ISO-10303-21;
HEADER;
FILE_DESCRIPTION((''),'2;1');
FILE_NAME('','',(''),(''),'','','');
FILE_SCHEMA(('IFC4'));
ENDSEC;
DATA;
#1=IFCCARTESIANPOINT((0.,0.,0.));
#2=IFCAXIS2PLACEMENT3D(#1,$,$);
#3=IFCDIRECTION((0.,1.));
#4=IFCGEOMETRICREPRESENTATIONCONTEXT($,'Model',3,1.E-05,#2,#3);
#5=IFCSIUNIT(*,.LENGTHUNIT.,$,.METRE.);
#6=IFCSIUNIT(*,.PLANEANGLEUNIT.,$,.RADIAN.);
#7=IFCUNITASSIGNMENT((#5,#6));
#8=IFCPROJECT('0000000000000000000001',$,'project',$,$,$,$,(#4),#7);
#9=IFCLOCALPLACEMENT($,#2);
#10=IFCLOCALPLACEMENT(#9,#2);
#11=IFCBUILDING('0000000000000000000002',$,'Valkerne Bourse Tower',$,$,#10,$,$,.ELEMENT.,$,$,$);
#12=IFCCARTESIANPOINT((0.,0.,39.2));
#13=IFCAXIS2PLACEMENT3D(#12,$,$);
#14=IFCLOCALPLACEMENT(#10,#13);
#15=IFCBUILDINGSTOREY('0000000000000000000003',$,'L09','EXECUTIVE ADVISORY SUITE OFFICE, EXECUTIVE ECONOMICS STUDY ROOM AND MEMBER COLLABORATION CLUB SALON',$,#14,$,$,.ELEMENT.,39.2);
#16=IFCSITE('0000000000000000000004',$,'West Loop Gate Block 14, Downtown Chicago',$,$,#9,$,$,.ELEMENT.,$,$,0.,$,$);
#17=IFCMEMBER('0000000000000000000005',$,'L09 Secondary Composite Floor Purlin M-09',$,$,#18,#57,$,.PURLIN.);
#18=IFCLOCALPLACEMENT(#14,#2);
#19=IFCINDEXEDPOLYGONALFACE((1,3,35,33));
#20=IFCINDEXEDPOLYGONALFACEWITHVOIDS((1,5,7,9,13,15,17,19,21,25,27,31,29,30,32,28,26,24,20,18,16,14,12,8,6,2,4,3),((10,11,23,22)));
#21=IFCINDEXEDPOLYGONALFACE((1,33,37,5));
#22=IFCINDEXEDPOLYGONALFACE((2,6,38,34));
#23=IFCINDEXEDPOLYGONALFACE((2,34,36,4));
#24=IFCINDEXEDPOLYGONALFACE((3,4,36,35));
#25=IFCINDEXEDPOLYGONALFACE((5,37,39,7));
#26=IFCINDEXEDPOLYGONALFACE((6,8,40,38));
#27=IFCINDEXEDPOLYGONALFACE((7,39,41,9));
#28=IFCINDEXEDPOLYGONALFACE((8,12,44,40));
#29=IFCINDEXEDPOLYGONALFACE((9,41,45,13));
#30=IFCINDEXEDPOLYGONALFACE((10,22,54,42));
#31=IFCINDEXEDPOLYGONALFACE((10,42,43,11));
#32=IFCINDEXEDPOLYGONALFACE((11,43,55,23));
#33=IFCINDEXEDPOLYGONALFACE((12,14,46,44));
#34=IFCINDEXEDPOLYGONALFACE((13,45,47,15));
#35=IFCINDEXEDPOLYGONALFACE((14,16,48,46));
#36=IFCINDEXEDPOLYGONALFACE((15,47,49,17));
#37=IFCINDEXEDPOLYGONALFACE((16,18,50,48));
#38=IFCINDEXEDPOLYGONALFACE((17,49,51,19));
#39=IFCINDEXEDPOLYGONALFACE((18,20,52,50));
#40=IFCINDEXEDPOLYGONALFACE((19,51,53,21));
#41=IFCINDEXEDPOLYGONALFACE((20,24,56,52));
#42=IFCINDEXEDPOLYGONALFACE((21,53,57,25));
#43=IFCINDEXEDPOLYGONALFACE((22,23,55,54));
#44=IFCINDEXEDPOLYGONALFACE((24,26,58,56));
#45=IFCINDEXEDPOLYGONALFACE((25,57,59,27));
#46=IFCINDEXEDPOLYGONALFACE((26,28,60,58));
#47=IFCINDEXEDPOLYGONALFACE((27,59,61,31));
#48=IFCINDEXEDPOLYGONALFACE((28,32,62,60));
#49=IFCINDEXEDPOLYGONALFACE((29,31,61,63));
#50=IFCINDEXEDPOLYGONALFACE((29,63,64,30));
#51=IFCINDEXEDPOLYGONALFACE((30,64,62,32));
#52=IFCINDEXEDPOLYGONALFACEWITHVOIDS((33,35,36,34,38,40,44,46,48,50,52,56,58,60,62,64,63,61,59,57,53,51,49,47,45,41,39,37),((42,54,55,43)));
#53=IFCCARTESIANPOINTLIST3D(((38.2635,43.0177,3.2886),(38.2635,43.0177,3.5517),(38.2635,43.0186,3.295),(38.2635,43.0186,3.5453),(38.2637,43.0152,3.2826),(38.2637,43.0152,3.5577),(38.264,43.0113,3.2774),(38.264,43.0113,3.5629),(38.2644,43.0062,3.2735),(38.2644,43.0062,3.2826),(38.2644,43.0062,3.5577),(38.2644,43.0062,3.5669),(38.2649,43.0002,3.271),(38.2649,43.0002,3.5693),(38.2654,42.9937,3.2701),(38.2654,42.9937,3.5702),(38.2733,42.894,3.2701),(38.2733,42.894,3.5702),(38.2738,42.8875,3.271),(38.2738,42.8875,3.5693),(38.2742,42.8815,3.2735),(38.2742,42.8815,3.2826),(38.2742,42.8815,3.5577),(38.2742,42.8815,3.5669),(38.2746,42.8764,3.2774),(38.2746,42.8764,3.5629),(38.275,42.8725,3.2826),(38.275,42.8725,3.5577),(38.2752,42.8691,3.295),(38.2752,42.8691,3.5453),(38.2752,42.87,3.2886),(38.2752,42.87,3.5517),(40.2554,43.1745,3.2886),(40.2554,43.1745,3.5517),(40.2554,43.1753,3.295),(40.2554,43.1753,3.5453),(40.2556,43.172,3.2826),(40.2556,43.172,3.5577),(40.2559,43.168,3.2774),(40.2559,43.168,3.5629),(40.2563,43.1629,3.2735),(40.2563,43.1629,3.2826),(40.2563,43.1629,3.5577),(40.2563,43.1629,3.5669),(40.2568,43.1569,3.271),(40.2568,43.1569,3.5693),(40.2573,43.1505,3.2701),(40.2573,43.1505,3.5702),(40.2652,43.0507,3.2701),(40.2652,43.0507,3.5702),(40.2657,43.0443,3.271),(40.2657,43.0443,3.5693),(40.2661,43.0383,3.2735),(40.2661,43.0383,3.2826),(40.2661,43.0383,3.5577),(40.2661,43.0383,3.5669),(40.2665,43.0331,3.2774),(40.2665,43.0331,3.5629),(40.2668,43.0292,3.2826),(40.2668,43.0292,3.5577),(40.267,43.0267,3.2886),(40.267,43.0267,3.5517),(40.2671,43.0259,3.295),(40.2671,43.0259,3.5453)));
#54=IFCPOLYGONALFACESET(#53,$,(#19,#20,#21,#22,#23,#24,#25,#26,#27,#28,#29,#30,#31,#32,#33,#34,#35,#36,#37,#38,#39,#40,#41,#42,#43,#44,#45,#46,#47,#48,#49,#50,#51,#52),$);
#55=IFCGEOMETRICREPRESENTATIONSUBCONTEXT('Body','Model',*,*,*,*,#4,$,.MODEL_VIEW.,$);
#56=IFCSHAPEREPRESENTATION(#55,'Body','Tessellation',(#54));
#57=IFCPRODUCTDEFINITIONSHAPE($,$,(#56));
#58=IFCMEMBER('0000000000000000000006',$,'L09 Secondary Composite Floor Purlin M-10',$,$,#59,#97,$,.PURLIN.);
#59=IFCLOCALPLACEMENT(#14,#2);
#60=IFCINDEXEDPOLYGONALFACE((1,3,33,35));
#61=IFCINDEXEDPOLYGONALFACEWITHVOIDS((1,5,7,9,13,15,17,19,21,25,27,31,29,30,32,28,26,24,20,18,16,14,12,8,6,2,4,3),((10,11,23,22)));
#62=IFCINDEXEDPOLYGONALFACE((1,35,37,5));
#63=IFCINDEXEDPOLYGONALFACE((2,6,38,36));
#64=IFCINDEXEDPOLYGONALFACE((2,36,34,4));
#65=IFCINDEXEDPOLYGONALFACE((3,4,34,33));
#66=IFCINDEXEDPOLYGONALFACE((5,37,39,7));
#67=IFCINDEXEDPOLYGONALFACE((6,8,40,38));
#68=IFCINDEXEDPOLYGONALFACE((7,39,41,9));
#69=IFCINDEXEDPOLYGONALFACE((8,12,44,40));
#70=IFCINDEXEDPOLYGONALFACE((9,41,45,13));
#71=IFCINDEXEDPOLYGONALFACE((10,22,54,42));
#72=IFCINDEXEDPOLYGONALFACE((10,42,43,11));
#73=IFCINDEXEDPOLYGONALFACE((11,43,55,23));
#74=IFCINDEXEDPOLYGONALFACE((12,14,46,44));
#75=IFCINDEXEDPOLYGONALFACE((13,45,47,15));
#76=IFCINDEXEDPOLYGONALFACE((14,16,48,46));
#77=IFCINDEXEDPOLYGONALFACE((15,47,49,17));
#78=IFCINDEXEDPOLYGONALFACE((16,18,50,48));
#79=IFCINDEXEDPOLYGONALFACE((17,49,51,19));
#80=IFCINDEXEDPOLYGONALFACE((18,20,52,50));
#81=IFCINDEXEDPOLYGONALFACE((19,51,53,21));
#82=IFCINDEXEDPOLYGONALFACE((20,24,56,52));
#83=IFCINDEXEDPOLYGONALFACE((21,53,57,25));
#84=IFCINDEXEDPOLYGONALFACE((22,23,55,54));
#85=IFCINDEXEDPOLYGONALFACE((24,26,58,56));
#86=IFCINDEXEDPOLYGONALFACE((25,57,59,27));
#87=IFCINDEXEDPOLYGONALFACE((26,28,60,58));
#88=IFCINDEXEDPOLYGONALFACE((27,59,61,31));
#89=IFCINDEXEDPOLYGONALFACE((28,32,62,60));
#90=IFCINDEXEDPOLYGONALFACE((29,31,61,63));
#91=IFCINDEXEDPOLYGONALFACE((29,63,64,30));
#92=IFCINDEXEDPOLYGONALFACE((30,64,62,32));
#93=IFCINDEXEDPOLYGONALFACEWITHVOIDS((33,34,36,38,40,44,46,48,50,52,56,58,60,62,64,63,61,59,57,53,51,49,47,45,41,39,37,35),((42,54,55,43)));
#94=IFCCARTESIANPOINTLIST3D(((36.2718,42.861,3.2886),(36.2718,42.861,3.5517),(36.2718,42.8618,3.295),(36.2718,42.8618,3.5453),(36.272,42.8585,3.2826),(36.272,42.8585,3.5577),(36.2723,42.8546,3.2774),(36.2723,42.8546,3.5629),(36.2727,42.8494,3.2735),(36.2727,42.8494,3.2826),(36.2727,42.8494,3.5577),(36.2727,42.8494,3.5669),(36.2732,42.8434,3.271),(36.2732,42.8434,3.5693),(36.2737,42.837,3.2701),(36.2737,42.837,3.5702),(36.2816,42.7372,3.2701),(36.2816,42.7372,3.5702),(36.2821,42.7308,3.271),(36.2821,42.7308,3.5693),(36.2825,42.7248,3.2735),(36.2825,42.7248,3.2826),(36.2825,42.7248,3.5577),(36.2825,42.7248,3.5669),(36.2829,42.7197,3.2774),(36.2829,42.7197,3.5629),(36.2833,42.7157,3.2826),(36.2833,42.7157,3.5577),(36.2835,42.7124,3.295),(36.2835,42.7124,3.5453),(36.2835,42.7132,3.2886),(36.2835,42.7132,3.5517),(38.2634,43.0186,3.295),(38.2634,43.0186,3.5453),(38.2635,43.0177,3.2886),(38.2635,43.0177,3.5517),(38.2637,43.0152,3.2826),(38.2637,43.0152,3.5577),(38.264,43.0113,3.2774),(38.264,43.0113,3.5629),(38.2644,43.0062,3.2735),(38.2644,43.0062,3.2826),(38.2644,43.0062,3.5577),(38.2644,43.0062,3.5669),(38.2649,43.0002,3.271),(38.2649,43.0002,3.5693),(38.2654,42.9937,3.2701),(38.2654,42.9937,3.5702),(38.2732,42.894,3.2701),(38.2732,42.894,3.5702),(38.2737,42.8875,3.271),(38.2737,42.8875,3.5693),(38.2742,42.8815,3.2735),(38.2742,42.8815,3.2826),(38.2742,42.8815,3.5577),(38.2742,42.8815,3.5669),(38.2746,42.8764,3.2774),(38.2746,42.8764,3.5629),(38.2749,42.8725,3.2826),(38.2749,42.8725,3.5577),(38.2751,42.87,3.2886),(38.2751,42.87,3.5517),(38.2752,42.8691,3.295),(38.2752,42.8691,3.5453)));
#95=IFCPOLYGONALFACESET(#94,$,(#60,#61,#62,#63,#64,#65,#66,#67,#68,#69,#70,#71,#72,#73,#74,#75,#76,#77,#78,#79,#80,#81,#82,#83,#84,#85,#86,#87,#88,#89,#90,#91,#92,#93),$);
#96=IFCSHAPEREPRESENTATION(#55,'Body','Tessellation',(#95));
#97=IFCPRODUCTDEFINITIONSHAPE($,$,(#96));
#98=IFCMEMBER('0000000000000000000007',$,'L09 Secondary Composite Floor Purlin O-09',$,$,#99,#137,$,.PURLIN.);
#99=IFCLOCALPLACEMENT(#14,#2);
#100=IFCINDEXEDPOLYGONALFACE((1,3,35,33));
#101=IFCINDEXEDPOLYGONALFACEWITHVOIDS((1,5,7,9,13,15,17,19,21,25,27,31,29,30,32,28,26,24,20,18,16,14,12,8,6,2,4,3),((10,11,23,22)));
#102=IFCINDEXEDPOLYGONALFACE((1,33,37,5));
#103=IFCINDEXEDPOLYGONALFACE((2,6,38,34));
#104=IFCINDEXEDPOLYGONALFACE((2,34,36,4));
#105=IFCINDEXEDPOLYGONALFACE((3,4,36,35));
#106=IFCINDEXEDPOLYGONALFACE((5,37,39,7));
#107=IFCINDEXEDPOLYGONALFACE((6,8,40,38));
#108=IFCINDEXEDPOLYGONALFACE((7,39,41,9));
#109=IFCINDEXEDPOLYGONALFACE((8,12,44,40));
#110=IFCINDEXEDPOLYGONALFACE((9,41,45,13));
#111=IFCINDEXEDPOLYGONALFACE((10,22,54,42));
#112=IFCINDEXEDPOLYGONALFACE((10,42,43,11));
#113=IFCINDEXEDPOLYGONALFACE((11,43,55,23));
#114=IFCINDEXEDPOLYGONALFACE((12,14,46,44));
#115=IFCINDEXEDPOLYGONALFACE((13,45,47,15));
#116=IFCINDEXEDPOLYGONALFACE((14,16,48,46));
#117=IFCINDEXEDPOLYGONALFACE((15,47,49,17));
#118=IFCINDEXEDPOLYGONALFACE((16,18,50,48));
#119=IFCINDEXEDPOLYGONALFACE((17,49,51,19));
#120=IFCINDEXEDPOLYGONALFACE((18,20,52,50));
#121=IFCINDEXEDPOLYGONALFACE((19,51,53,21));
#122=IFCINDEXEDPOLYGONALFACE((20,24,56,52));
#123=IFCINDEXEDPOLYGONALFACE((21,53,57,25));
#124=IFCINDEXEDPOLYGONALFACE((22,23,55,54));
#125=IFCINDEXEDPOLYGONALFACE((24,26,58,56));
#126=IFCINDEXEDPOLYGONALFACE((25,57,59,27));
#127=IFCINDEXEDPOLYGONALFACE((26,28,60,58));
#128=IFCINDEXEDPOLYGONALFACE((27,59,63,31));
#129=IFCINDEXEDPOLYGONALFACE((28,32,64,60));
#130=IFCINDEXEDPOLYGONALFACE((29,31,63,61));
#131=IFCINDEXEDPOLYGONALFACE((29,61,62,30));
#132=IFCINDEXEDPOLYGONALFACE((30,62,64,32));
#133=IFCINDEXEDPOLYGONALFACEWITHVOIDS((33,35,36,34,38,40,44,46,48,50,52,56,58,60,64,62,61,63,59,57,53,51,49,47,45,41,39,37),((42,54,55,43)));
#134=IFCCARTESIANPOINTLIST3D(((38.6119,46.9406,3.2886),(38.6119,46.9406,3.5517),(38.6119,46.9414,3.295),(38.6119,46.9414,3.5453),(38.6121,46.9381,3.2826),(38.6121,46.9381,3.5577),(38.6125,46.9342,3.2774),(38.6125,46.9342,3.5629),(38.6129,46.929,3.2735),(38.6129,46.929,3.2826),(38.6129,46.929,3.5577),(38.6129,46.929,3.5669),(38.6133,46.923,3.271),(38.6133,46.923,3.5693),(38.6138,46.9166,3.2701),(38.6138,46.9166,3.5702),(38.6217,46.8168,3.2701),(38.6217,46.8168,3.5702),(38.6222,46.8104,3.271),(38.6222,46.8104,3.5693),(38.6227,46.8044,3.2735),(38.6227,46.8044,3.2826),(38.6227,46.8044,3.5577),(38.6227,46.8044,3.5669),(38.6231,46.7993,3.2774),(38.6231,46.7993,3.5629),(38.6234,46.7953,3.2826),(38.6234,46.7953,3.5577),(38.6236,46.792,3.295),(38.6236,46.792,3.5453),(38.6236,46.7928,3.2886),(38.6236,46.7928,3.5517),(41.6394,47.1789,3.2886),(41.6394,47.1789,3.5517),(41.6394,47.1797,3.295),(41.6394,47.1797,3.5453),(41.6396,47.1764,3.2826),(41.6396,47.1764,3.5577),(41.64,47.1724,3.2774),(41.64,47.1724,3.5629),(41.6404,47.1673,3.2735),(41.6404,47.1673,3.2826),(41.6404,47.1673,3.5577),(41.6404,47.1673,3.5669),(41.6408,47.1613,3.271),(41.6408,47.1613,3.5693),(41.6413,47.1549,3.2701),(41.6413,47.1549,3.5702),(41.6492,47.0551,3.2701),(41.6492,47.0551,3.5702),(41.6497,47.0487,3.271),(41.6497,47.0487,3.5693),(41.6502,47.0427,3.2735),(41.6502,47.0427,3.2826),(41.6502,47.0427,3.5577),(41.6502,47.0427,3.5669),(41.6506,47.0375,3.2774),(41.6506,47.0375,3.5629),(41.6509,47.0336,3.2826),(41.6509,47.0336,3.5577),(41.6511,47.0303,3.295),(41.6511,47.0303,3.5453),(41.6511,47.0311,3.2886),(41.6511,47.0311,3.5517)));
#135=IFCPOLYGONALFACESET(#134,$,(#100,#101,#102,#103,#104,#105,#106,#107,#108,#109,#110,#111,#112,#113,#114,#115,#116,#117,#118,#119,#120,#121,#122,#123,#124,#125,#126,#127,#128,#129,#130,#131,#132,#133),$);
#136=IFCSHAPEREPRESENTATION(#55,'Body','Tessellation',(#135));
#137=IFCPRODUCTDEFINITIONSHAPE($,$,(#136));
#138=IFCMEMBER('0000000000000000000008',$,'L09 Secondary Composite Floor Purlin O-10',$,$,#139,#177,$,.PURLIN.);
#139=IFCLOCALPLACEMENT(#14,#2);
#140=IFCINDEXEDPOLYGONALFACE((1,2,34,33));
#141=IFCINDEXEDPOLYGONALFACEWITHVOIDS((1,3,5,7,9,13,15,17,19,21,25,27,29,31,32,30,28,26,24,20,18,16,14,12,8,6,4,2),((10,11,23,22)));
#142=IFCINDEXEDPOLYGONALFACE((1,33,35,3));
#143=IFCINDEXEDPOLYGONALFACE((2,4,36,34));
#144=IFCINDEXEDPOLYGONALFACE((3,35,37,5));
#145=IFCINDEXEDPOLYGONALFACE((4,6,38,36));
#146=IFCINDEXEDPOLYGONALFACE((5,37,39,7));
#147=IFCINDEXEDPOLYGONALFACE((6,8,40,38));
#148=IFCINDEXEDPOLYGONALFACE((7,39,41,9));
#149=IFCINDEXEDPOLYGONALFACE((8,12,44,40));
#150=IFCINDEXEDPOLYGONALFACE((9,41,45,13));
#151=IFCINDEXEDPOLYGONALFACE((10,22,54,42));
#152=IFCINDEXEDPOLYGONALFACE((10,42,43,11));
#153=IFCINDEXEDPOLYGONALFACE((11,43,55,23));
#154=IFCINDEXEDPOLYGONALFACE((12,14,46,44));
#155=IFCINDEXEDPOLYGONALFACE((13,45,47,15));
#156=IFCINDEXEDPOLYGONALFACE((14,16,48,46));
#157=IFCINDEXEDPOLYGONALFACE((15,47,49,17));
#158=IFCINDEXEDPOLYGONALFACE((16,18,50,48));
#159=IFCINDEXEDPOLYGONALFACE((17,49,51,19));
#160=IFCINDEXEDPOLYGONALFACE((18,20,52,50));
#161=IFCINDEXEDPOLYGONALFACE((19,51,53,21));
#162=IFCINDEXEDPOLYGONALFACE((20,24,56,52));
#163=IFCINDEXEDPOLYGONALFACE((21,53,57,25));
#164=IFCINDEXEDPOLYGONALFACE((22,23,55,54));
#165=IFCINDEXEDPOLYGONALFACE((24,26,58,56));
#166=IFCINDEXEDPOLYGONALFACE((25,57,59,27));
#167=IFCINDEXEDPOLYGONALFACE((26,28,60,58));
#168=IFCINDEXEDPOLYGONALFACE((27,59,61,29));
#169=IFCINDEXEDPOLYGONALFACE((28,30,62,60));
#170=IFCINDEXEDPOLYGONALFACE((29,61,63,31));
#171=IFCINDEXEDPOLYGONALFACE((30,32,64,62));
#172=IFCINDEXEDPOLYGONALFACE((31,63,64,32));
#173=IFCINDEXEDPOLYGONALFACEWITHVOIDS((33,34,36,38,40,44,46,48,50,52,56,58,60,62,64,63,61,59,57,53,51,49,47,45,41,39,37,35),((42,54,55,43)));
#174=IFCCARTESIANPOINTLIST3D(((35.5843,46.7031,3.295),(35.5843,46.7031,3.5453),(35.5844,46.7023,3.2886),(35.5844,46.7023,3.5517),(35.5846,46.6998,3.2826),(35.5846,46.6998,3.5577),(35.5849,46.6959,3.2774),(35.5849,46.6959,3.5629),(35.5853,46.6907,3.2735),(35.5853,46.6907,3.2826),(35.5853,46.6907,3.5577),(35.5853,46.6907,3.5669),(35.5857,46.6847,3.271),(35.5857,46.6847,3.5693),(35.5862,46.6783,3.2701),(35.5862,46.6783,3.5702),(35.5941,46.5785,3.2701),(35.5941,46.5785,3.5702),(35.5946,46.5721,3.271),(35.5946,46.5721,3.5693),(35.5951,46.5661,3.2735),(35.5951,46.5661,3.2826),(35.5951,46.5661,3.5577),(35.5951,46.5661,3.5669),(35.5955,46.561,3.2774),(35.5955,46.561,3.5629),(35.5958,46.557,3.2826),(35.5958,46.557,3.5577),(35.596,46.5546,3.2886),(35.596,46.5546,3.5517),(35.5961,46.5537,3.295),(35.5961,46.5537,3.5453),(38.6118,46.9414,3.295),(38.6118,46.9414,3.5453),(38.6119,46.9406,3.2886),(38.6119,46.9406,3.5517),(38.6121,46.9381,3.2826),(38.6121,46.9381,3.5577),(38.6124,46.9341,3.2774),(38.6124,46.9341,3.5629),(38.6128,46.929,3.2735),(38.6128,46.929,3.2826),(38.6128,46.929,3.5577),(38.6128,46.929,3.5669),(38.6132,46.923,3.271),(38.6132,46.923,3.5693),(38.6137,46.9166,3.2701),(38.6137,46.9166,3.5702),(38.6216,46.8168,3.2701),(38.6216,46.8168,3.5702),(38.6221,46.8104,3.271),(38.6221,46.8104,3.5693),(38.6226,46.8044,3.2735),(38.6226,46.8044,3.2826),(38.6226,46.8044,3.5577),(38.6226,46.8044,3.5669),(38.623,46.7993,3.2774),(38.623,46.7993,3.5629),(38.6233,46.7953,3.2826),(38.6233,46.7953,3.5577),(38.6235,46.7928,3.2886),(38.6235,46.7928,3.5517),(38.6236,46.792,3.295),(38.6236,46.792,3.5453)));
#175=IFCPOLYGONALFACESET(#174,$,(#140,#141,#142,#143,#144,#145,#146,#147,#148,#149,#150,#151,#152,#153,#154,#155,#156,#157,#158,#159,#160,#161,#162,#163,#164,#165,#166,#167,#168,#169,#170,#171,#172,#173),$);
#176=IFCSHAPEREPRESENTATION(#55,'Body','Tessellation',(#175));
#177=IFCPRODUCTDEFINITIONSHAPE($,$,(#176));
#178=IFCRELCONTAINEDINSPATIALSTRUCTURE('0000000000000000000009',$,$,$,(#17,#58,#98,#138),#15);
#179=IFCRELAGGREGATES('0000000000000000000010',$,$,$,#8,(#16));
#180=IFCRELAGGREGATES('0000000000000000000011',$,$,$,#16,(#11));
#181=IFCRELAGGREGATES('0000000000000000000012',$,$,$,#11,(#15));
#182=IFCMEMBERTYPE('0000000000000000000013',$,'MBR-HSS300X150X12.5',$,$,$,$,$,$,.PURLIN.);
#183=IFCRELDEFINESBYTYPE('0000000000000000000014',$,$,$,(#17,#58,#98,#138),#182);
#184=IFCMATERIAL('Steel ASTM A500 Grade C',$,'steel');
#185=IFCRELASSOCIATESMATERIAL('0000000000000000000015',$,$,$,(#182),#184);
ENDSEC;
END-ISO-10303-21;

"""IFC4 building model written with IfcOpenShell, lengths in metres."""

from ifc_helpers import new_model, si_unit, direction, frame, origin, origin_2d, place, context, subcontext, project, spatial, hollow_rectangle, extrude, material, material_profile, profile_set, type_object, element, save


model = new_model("IFC4")

# Units and contexts
model_context = context("Model", 3, precision=1e-05, world=origin(), true_north=direction((0.0, 1.0)))
body_context = subcontext(model_context, "Body", "Model", "MODEL_VIEW")
ifc_project = project(units=[si_unit("LENGTHUNIT", "METRE"), si_unit("PLANEANGLEUNIT", "RADIAN")], contexts=[model_context])

# Site, building, storey
site_placement = place(None, origin())
site = spatial("IfcSite", under=ifc_project, at=site_placement, Name="West Loop Gate Block 14, Downtown Chicago", CompositionType="ELEMENT", RefElevation=0.0)
building_placement = place(site_placement, origin())
building = spatial("IfcBuilding", under=site, at=building_placement, Name="Valkerne Bourse Tower", CompositionType="ELEMENT")
storey_placement = place(building_placement, frame((0.0, 0.0, 39.2)))
storey = spatial("IfcBuildingStorey", under=building, at=storey_placement, Name="L09", Description="EXECUTIVE ADVISORY SUITE OFFICE, EXECUTIVE ECONOMICS STUDY ROOM AND MEMBER COLLABORATION CLUB SALON", CompositionType="ELEMENT", Elevation=39.2)

# Members
ifc_material_1 = material(Name="Steel ASTM A500 Grade C", Category="steel")
ifc_material_profile_1 = material_profile(ifc_material_1, hollow_rectangle(XDim=0.1499, YDim=0.3, WallThickness=0.0125, OuterFilletRadius=0.0249, at=origin_2d()), Name="HSS300X150X12.5")
ifc_profile_set_1 = profile_set([ifc_material_profile_1], Name="Steel ASTM A500 Grade C")
member_type_1 = type_object("IfcMemberType", Name="MBR-HSS300X150X12.5", PredefinedType="PURLIN", material=ifc_profile_set_1)
member_1_placement = place(storey_placement, frame((40.2612, 43.1006, 3.4202), z_axis=(-0.996919, -0.078444, 0.0), x_axis=(0.078444, -0.996919, 0.0)))
element("IfcMember", 1, at=member_1_placement, inside=storey, type_object=member_type_1, Name="L09 Secondary Composite Floor Purlin M-09", PredefinedType="PURLIN", context=body_context, shape_type="SweptSolid", body=[
    extrude(hollow_rectangle(XDim=0.1499, YDim=0.3, WallThickness=0.0125, OuterFilletRadius=0.0249, at=origin_2d()), origin(), (0.0, 0.0, 1.0), 1.998),
])
member_2_placement = place(storey_placement, frame((38.2693, 42.9438, 3.4202), z_axis=(-0.996918, -0.078453, 0.0), x_axis=(0.078453, -0.996918, 0.0)))
element("IfcMember", 2, at=member_2_placement, inside=storey, type_object=member_type_1, Name="L09 Secondary Composite Floor Purlin M-10", PredefinedType="PURLIN", context=body_context, shape_type="SweptSolid", body=[
    extrude(hollow_rectangle(XDim=0.1499, YDim=0.3, WallThickness=0.0125, OuterFilletRadius=0.0249, at=origin_2d()), origin(), (0.0, 0.0, 1.0), 1.9978),
])
for number, where, z_axis, x_axis, name in (
    (3, (41.6453, 47.105, 3.4202), (-0.996917, -0.078461, 0.0), (0.078461, -0.996917, 0.0), "L09 Secondary Composite Floor Purlin O-09"),
    (4, (38.6177, 46.8667, 3.4202), (-0.996917, -0.078461, 0.0), (0.078461, -0.996917, 0.0), "L09 Secondary Composite Floor Purlin O-10"),
):
    element("IfcMember", number, at=place(storey_placement, frame(where, z_axis=z_axis, x_axis=x_axis)), inside=storey, type_object=member_type_1, Name=name, PredefinedType="PURLIN", context=body_context, shape_type="SweptSolid", body=[
        extrude(hollow_rectangle(XDim=0.1499, YDim=0.3, WallThickness=0.0125, OuterFilletRadius=0.0249, at=origin_2d()), origin(), (0.0, 0.0, 1.0), 3.0369),
    ])

save(model, "model.ifc")
